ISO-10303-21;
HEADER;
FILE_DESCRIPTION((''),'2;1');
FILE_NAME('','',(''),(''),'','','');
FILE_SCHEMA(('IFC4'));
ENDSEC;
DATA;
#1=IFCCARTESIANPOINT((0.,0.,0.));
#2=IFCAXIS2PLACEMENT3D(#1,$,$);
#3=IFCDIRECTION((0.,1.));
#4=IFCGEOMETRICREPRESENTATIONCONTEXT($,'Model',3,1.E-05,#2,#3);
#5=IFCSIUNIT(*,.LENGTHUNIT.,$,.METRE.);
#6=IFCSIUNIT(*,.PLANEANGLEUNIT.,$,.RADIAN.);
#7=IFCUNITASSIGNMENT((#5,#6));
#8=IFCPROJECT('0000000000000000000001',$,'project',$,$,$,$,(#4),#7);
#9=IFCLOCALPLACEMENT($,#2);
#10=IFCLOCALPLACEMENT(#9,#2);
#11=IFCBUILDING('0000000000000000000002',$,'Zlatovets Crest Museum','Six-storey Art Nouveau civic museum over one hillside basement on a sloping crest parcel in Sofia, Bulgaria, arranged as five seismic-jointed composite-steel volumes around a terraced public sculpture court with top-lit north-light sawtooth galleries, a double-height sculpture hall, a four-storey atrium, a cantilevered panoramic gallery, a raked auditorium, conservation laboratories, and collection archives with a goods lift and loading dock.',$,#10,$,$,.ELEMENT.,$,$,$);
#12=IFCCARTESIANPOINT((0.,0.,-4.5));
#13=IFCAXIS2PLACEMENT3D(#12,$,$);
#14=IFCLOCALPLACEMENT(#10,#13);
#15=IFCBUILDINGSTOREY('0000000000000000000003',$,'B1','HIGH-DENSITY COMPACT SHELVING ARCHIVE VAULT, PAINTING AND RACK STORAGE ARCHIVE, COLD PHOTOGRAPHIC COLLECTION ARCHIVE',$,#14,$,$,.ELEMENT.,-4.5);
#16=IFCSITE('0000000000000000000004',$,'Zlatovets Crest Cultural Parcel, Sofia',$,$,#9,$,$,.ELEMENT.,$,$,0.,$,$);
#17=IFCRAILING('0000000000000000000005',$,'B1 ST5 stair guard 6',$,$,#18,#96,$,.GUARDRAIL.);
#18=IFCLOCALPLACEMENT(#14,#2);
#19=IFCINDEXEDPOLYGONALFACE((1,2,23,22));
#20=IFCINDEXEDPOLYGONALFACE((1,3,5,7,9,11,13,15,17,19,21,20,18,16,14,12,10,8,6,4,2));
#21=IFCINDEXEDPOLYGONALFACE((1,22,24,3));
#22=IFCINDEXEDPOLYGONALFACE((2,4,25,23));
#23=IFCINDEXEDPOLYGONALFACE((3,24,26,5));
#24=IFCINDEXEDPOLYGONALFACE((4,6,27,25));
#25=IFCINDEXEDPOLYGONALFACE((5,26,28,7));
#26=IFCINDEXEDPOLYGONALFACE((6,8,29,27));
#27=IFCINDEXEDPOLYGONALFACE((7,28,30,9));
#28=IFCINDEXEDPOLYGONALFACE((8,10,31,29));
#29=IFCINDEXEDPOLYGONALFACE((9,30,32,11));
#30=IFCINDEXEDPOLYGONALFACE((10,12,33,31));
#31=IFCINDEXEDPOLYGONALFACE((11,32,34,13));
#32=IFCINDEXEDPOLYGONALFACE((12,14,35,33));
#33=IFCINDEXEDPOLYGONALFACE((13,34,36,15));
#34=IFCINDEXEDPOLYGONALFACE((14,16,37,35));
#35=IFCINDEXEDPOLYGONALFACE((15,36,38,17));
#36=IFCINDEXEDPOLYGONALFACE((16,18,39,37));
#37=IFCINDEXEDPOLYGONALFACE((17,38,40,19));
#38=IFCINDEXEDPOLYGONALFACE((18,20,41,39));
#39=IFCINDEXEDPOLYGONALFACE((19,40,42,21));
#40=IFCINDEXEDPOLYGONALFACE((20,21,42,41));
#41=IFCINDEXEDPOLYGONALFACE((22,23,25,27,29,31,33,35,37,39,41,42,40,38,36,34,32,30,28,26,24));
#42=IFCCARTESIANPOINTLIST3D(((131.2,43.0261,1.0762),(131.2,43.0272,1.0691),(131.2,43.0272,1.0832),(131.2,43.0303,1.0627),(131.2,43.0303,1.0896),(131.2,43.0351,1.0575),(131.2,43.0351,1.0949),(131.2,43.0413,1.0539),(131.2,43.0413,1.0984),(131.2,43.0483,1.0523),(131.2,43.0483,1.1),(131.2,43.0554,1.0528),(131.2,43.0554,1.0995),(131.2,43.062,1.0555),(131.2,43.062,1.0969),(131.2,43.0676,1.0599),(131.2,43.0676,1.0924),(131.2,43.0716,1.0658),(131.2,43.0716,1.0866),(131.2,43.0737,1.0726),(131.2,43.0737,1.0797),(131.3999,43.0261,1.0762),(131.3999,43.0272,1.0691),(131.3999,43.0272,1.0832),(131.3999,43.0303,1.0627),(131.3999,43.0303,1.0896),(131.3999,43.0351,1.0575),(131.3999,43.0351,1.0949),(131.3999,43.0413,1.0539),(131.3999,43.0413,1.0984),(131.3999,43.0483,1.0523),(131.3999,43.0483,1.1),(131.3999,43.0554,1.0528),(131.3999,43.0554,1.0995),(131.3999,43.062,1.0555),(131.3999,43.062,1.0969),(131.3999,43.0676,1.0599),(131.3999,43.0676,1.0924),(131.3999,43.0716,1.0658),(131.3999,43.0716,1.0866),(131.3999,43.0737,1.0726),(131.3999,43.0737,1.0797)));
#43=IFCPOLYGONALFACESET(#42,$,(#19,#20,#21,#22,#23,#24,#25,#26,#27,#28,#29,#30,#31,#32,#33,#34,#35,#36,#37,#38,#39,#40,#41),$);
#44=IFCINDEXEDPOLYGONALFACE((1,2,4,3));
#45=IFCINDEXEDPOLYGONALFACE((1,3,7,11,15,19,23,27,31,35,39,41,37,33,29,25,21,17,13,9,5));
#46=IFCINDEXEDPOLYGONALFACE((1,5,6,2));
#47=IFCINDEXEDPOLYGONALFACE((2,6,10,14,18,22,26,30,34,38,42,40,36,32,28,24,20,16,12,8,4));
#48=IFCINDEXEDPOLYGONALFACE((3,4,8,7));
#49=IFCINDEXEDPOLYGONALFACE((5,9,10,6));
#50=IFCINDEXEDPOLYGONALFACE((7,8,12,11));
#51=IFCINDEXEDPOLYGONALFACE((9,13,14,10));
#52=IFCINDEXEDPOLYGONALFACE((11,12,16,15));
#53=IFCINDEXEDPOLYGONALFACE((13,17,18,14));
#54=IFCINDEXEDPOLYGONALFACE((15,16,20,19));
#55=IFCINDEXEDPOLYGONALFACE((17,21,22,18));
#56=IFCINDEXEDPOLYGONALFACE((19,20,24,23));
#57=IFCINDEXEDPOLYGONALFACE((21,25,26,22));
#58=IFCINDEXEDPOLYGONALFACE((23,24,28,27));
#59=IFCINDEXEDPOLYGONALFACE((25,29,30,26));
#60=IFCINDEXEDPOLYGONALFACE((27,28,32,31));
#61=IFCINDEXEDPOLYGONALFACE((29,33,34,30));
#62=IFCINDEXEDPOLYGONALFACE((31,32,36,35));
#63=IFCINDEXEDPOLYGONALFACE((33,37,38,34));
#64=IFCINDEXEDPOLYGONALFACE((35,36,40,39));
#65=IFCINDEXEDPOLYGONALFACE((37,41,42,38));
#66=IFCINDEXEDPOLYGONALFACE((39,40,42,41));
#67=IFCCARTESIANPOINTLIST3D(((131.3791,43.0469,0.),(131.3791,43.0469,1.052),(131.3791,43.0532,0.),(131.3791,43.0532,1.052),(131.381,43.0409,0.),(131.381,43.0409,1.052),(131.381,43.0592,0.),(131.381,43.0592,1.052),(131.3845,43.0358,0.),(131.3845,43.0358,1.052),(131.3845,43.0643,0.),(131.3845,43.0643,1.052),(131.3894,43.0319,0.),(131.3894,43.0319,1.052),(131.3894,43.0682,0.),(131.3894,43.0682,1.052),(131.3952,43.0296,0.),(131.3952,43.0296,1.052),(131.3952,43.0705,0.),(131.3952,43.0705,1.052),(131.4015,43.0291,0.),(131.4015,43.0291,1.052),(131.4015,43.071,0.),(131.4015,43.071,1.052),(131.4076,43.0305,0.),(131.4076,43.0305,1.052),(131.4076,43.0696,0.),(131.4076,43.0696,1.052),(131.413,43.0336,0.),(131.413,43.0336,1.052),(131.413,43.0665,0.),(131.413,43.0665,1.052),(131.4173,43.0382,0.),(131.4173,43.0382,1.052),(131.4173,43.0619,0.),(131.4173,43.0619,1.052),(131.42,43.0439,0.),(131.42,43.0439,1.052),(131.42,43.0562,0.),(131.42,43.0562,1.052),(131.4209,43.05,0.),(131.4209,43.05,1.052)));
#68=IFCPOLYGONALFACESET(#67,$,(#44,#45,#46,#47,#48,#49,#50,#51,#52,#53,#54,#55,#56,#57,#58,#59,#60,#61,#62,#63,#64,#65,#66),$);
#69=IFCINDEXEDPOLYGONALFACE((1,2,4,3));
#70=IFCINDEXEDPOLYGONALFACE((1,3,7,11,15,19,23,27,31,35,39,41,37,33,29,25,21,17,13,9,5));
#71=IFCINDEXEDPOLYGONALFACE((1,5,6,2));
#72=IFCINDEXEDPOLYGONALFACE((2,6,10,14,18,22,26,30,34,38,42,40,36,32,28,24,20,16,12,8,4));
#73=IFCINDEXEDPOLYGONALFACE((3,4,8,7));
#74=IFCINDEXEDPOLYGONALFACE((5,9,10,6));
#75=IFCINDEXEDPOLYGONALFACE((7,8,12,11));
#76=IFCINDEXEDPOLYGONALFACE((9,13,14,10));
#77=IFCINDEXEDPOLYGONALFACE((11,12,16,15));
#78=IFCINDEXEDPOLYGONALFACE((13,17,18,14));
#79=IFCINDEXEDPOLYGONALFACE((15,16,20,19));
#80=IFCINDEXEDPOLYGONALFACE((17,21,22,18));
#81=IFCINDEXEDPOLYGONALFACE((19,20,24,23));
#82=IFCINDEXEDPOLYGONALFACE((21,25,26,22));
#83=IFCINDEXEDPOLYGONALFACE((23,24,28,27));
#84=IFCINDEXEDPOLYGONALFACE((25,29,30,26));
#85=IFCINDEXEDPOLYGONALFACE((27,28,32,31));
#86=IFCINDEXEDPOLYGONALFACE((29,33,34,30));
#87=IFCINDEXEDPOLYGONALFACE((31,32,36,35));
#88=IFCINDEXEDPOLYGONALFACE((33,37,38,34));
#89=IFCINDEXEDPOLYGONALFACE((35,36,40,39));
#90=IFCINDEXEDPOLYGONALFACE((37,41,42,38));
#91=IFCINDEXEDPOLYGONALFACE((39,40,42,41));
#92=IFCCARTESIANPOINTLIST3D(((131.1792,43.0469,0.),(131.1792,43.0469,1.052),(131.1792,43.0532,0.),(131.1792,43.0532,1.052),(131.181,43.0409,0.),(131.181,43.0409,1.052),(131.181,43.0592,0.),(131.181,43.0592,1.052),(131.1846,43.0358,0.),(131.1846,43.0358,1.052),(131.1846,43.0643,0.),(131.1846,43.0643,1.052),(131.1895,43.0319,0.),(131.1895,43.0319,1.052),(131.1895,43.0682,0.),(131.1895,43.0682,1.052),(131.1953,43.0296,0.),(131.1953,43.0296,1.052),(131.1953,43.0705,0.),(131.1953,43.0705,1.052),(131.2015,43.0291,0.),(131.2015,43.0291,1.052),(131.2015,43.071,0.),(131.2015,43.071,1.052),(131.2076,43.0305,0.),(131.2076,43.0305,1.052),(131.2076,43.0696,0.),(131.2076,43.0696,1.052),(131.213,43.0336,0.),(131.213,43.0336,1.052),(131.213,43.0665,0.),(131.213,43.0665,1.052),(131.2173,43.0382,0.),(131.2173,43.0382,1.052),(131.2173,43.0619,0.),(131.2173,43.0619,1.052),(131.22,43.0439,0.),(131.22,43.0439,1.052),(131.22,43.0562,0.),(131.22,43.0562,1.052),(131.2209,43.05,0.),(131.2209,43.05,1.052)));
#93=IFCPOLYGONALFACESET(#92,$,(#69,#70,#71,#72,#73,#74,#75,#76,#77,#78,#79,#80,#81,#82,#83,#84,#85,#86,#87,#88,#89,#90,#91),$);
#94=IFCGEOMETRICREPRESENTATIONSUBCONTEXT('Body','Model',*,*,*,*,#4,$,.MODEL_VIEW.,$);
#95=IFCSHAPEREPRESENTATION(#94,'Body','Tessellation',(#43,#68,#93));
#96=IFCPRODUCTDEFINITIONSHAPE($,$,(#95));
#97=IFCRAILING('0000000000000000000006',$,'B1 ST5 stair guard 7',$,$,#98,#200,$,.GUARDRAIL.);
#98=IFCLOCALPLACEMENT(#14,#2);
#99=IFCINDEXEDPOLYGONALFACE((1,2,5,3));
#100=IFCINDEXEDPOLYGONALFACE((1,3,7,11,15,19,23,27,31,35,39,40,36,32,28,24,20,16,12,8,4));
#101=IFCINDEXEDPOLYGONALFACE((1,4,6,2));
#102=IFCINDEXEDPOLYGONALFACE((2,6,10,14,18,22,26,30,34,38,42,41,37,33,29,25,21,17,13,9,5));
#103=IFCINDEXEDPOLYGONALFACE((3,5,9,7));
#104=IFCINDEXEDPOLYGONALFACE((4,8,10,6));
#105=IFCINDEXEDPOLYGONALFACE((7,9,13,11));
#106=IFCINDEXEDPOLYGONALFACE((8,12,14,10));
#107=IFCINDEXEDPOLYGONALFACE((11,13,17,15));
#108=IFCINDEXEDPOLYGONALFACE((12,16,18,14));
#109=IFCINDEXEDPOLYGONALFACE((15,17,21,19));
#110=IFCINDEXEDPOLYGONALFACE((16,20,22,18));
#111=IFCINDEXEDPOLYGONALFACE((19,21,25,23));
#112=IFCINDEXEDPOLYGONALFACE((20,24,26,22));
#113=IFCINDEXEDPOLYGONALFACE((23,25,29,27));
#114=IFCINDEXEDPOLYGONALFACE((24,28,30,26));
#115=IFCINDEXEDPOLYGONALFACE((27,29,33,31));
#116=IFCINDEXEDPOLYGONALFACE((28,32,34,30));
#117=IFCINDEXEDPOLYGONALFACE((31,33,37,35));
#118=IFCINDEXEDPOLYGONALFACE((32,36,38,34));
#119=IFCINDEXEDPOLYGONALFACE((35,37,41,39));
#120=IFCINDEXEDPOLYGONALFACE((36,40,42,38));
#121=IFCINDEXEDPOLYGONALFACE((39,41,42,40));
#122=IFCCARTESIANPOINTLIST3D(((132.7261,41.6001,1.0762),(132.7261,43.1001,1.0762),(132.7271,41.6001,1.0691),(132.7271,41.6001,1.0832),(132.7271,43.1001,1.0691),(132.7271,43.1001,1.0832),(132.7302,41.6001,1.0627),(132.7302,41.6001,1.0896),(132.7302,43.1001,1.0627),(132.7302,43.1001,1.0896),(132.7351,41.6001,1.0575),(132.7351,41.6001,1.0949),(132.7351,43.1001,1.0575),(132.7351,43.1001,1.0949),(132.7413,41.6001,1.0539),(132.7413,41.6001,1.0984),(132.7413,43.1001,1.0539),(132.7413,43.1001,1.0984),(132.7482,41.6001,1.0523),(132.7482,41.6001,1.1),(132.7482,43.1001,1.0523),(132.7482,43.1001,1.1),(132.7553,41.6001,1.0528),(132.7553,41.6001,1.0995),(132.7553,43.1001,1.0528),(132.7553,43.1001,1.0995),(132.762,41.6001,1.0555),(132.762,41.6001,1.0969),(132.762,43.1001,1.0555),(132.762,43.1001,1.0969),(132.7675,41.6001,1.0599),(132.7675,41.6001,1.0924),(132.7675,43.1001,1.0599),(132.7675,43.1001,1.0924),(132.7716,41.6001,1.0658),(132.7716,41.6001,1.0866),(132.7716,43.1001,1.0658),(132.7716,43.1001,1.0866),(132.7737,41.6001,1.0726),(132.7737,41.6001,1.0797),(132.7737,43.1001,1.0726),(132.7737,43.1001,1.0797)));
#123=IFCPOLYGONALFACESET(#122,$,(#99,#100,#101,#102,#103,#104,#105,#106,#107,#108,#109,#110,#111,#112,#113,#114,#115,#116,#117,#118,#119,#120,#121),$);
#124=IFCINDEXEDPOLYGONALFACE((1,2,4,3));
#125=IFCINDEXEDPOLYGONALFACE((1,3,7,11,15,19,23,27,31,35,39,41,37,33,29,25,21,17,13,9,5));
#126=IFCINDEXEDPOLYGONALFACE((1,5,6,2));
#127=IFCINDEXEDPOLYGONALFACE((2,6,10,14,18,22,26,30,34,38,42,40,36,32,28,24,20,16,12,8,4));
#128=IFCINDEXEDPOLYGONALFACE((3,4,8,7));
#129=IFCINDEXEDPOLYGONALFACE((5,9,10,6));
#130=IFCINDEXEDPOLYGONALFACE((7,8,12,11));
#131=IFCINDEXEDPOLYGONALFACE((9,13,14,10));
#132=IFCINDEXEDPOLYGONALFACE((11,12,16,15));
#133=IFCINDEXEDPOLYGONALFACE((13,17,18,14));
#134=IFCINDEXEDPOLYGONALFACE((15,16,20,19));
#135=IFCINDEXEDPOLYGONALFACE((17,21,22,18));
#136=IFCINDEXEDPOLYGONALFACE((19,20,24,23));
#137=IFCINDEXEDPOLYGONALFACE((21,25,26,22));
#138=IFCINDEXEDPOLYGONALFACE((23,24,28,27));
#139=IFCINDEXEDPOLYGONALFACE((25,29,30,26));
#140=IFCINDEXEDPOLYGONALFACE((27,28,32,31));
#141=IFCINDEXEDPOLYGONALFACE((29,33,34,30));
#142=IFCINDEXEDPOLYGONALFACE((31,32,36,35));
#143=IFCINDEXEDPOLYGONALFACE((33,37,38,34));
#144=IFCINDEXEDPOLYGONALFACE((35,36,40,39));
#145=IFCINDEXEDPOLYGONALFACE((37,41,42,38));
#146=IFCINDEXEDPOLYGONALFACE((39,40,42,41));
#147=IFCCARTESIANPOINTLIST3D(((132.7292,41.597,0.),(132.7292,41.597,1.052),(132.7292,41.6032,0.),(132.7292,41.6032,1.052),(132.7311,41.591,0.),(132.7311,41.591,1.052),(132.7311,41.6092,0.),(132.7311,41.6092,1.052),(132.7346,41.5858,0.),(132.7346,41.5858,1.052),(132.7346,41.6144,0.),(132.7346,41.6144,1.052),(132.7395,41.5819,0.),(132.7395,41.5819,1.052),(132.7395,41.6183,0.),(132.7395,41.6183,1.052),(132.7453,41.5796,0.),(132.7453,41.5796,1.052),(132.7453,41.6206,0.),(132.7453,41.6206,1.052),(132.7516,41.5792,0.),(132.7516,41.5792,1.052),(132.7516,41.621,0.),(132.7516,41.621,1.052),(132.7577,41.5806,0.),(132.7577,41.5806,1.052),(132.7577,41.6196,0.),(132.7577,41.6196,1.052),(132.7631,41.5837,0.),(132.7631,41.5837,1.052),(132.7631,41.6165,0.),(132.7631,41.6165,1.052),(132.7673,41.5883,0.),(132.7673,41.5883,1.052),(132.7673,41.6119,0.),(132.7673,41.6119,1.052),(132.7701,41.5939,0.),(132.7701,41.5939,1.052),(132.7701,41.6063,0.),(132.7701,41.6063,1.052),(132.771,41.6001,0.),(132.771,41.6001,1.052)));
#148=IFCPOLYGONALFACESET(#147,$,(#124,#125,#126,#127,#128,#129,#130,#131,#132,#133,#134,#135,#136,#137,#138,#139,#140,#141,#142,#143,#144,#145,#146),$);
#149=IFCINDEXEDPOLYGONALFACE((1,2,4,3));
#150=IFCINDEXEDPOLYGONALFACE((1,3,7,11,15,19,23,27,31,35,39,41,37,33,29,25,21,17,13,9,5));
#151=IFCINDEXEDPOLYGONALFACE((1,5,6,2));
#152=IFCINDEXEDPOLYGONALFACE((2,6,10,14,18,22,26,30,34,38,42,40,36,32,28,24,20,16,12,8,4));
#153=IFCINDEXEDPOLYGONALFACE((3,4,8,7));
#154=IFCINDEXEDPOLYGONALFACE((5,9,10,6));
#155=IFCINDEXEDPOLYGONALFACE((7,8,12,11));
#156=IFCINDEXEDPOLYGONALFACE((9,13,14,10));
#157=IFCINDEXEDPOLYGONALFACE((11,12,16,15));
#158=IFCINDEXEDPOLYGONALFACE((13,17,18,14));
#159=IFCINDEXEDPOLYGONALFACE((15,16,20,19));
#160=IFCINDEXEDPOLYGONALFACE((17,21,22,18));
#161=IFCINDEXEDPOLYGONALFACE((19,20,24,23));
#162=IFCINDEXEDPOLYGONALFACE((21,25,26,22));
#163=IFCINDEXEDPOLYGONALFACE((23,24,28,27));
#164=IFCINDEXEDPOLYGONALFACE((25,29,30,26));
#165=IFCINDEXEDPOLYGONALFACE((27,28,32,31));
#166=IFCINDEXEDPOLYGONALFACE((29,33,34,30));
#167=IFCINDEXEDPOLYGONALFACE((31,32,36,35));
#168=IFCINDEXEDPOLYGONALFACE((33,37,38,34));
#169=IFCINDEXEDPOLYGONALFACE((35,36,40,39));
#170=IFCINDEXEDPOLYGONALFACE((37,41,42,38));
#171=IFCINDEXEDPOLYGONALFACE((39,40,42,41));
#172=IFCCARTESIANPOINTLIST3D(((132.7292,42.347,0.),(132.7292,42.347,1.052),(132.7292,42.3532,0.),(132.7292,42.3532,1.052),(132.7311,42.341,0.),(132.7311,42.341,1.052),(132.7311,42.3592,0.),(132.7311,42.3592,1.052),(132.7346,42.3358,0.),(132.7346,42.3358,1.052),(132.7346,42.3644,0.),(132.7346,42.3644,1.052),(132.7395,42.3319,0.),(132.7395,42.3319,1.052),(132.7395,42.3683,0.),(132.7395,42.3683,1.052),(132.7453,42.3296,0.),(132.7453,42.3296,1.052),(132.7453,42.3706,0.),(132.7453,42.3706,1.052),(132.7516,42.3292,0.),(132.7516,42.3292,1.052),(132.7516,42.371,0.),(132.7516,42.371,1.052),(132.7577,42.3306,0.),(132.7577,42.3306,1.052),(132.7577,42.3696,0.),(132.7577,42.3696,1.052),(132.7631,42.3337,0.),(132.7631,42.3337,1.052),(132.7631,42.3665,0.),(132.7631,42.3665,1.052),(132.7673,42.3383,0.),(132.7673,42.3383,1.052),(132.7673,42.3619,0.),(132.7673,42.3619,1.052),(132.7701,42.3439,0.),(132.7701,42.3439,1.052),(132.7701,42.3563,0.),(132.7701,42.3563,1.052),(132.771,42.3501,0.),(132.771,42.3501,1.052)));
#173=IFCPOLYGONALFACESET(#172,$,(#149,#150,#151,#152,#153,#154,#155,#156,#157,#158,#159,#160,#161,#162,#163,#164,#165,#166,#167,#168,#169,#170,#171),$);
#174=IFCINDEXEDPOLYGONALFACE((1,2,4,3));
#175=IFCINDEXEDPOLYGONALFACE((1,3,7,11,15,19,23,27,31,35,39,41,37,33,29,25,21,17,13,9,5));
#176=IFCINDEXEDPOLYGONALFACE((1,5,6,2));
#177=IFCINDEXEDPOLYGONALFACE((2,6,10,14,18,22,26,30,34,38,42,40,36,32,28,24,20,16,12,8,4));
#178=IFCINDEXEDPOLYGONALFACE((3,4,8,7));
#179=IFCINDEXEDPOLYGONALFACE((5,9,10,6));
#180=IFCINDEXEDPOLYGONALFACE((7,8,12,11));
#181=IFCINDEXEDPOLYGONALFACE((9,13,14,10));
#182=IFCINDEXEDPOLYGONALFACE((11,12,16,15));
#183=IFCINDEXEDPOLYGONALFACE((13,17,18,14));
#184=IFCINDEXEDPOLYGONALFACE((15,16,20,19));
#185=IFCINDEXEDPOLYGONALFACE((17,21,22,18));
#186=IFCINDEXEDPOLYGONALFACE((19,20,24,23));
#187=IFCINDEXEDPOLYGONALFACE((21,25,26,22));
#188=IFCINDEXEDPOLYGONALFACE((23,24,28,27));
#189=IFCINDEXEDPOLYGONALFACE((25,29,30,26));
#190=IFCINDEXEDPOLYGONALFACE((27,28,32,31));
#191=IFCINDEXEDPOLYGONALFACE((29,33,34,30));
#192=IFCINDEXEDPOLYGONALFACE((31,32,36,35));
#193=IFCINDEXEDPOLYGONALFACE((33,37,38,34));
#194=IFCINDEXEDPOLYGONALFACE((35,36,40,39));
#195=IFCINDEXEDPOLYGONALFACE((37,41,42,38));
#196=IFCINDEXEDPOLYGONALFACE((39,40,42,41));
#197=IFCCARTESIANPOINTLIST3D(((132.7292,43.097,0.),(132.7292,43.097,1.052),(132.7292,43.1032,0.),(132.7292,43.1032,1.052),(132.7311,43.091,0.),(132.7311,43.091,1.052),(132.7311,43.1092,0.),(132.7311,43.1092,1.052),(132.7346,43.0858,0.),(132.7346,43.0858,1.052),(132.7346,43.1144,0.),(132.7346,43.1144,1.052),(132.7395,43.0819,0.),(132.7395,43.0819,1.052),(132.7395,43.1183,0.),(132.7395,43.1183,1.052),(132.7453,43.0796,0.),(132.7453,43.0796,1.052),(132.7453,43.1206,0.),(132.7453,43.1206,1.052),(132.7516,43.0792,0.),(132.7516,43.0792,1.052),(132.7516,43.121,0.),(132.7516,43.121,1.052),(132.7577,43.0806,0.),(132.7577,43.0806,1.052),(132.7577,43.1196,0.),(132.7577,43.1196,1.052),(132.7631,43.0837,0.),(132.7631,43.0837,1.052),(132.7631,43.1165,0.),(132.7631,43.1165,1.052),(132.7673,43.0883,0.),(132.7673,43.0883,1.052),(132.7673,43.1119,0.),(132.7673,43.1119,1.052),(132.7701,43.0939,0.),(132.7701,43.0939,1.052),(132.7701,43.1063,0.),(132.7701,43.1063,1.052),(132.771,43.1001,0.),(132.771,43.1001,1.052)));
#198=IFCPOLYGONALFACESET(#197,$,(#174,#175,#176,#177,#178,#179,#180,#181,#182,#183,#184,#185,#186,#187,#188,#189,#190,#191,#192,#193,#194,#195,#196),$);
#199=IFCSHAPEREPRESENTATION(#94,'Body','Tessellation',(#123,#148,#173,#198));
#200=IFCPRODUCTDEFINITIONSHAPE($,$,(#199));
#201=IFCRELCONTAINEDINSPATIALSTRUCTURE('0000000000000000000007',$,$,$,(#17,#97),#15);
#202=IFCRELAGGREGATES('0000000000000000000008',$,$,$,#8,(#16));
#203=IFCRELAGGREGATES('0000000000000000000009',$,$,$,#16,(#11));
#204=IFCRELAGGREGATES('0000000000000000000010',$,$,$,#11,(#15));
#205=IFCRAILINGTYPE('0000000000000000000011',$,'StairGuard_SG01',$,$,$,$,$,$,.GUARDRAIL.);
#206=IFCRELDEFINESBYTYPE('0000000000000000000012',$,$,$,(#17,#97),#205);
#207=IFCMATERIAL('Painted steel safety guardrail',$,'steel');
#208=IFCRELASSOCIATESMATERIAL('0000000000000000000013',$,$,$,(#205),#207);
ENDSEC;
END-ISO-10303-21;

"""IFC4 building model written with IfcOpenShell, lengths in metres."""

from ifc_helpers import new_model, si_unit, direction, frame, origin, origin_2d, place, context, subcontext, project, spatial, circle, extrude, material, type_object, element, save


model = new_model("IFC4")

# Units and contexts
model_context = context("Model", 3, precision=1e-05, world=origin(), true_north=direction((0.0, 1.0)))
body_context = subcontext(model_context, "Body", "Model", "MODEL_VIEW")
ifc_project = project(units=[si_unit("LENGTHUNIT", "METRE"), si_unit("PLANEANGLEUNIT", "RADIAN")], contexts=[model_context])

# Site, building, storey
site_placement = place(None, origin())
site = spatial("IfcSite", under=ifc_project, at=site_placement, Name="Zlatovets Crest Cultural Parcel, Sofia", CompositionType="ELEMENT", RefElevation=0.0)
building_placement = place(site_placement, origin())
building = spatial("IfcBuilding", under=site, at=building_placement, Name="Zlatovets Crest Museum", Description="Six-storey Art Nouveau civic museum over one hillside basement on a sloping crest parcel in Sofia, Bulgaria, arranged as five seismic-jointed composite-steel volumes around a terraced public sculpture court with top-lit north-light sawtooth galleries, a double-height sculpture hall, a four-storey atrium, a cantilevered panoramic gallery, a raked auditorium, conservation laboratories, and collection archives with a goods lift and loading dock.", CompositionType="ELEMENT")
storey_placement = place(building_placement, frame((0.0, 0.0, -4.5)))
storey = spatial("IfcBuildingStorey", under=building, at=storey_placement, Name="B1", Description="HIGH-DENSITY COMPACT SHELVING ARCHIVE VAULT, PAINTING AND RACK STORAGE ARCHIVE, COLD PHOTOGRAPHIC COLLECTION ARCHIVE", CompositionType="ELEMENT", Elevation=-4.5)

# Railings
ifc_material_1 = material(Name="Painted steel safety guardrail", Category="steel")
railing_type_1 = type_object("IfcRailingType", Name="StairGuard_SG01", PredefinedType="GUARDRAIL", material=ifc_material_1)
railing_1_placement = place(storey_placement, frame((131.3999, 43.05, 0.0)))
element("IfcRailing", 1, at=railing_1_placement, inside=storey, type_object=railing_type_1, Name="B1 ST5 stair guard 6", PredefinedType="GUARDRAIL", context=body_context, shape_type="SweptSolid", body=[
    extrude(circle(Radius=0.0239, at=origin_2d()), frame((0.0, 0.0, 1.0762), z_axis=(-1.0, 0.0, 0.0), x_axis=(0.0, -1.0, 0.0)), (0.0, 0.0, 1.0), 0.2),
    extrude(circle(Radius=0.021, at=origin_2d()), origin(), (0.0, 0.0, 1.0), 1.052),
    extrude(circle(Radius=0.021, at=origin_2d()), frame((-0.2, 0.0, 0.0)), (0.0, 0.0, 1.0), 1.052),
])
for number, where, name in (
    (2, (132.75, 41.6001, 0.0), "B1 ST5 stair guard 7"),
):
    element("IfcRailing", number, at=place(storey_placement, frame(where)), inside=storey, type_object=railing_type_1, Name=name, PredefinedType="GUARDRAIL", context=body_context, shape_type="SweptSolid", body=[
        extrude(circle(Radius=0.0239, at=origin_2d()), frame((0.0, 0.0, 1.0762), z_axis=(0.0, 1.0, 0.0), x_axis=(-1.0, 0.0, 0.0)), (0.0, 0.0, 1.0), 1.5),
        extrude(circle(Radius=0.021, at=origin_2d()), origin(), (0.0, 0.0, 1.0), 1.052),
        extrude(circle(Radius=0.021, at=origin_2d()), frame((0.0, 0.75, 0.0)), (0.0, 0.0, 1.0), 1.052),
        extrude(circle(Radius=0.021, at=origin_2d()), frame((0.0, 1.5, 0.0)), (0.0, 0.0, 1.0), 1.052),
    ])

save(model, "model.ifc")
